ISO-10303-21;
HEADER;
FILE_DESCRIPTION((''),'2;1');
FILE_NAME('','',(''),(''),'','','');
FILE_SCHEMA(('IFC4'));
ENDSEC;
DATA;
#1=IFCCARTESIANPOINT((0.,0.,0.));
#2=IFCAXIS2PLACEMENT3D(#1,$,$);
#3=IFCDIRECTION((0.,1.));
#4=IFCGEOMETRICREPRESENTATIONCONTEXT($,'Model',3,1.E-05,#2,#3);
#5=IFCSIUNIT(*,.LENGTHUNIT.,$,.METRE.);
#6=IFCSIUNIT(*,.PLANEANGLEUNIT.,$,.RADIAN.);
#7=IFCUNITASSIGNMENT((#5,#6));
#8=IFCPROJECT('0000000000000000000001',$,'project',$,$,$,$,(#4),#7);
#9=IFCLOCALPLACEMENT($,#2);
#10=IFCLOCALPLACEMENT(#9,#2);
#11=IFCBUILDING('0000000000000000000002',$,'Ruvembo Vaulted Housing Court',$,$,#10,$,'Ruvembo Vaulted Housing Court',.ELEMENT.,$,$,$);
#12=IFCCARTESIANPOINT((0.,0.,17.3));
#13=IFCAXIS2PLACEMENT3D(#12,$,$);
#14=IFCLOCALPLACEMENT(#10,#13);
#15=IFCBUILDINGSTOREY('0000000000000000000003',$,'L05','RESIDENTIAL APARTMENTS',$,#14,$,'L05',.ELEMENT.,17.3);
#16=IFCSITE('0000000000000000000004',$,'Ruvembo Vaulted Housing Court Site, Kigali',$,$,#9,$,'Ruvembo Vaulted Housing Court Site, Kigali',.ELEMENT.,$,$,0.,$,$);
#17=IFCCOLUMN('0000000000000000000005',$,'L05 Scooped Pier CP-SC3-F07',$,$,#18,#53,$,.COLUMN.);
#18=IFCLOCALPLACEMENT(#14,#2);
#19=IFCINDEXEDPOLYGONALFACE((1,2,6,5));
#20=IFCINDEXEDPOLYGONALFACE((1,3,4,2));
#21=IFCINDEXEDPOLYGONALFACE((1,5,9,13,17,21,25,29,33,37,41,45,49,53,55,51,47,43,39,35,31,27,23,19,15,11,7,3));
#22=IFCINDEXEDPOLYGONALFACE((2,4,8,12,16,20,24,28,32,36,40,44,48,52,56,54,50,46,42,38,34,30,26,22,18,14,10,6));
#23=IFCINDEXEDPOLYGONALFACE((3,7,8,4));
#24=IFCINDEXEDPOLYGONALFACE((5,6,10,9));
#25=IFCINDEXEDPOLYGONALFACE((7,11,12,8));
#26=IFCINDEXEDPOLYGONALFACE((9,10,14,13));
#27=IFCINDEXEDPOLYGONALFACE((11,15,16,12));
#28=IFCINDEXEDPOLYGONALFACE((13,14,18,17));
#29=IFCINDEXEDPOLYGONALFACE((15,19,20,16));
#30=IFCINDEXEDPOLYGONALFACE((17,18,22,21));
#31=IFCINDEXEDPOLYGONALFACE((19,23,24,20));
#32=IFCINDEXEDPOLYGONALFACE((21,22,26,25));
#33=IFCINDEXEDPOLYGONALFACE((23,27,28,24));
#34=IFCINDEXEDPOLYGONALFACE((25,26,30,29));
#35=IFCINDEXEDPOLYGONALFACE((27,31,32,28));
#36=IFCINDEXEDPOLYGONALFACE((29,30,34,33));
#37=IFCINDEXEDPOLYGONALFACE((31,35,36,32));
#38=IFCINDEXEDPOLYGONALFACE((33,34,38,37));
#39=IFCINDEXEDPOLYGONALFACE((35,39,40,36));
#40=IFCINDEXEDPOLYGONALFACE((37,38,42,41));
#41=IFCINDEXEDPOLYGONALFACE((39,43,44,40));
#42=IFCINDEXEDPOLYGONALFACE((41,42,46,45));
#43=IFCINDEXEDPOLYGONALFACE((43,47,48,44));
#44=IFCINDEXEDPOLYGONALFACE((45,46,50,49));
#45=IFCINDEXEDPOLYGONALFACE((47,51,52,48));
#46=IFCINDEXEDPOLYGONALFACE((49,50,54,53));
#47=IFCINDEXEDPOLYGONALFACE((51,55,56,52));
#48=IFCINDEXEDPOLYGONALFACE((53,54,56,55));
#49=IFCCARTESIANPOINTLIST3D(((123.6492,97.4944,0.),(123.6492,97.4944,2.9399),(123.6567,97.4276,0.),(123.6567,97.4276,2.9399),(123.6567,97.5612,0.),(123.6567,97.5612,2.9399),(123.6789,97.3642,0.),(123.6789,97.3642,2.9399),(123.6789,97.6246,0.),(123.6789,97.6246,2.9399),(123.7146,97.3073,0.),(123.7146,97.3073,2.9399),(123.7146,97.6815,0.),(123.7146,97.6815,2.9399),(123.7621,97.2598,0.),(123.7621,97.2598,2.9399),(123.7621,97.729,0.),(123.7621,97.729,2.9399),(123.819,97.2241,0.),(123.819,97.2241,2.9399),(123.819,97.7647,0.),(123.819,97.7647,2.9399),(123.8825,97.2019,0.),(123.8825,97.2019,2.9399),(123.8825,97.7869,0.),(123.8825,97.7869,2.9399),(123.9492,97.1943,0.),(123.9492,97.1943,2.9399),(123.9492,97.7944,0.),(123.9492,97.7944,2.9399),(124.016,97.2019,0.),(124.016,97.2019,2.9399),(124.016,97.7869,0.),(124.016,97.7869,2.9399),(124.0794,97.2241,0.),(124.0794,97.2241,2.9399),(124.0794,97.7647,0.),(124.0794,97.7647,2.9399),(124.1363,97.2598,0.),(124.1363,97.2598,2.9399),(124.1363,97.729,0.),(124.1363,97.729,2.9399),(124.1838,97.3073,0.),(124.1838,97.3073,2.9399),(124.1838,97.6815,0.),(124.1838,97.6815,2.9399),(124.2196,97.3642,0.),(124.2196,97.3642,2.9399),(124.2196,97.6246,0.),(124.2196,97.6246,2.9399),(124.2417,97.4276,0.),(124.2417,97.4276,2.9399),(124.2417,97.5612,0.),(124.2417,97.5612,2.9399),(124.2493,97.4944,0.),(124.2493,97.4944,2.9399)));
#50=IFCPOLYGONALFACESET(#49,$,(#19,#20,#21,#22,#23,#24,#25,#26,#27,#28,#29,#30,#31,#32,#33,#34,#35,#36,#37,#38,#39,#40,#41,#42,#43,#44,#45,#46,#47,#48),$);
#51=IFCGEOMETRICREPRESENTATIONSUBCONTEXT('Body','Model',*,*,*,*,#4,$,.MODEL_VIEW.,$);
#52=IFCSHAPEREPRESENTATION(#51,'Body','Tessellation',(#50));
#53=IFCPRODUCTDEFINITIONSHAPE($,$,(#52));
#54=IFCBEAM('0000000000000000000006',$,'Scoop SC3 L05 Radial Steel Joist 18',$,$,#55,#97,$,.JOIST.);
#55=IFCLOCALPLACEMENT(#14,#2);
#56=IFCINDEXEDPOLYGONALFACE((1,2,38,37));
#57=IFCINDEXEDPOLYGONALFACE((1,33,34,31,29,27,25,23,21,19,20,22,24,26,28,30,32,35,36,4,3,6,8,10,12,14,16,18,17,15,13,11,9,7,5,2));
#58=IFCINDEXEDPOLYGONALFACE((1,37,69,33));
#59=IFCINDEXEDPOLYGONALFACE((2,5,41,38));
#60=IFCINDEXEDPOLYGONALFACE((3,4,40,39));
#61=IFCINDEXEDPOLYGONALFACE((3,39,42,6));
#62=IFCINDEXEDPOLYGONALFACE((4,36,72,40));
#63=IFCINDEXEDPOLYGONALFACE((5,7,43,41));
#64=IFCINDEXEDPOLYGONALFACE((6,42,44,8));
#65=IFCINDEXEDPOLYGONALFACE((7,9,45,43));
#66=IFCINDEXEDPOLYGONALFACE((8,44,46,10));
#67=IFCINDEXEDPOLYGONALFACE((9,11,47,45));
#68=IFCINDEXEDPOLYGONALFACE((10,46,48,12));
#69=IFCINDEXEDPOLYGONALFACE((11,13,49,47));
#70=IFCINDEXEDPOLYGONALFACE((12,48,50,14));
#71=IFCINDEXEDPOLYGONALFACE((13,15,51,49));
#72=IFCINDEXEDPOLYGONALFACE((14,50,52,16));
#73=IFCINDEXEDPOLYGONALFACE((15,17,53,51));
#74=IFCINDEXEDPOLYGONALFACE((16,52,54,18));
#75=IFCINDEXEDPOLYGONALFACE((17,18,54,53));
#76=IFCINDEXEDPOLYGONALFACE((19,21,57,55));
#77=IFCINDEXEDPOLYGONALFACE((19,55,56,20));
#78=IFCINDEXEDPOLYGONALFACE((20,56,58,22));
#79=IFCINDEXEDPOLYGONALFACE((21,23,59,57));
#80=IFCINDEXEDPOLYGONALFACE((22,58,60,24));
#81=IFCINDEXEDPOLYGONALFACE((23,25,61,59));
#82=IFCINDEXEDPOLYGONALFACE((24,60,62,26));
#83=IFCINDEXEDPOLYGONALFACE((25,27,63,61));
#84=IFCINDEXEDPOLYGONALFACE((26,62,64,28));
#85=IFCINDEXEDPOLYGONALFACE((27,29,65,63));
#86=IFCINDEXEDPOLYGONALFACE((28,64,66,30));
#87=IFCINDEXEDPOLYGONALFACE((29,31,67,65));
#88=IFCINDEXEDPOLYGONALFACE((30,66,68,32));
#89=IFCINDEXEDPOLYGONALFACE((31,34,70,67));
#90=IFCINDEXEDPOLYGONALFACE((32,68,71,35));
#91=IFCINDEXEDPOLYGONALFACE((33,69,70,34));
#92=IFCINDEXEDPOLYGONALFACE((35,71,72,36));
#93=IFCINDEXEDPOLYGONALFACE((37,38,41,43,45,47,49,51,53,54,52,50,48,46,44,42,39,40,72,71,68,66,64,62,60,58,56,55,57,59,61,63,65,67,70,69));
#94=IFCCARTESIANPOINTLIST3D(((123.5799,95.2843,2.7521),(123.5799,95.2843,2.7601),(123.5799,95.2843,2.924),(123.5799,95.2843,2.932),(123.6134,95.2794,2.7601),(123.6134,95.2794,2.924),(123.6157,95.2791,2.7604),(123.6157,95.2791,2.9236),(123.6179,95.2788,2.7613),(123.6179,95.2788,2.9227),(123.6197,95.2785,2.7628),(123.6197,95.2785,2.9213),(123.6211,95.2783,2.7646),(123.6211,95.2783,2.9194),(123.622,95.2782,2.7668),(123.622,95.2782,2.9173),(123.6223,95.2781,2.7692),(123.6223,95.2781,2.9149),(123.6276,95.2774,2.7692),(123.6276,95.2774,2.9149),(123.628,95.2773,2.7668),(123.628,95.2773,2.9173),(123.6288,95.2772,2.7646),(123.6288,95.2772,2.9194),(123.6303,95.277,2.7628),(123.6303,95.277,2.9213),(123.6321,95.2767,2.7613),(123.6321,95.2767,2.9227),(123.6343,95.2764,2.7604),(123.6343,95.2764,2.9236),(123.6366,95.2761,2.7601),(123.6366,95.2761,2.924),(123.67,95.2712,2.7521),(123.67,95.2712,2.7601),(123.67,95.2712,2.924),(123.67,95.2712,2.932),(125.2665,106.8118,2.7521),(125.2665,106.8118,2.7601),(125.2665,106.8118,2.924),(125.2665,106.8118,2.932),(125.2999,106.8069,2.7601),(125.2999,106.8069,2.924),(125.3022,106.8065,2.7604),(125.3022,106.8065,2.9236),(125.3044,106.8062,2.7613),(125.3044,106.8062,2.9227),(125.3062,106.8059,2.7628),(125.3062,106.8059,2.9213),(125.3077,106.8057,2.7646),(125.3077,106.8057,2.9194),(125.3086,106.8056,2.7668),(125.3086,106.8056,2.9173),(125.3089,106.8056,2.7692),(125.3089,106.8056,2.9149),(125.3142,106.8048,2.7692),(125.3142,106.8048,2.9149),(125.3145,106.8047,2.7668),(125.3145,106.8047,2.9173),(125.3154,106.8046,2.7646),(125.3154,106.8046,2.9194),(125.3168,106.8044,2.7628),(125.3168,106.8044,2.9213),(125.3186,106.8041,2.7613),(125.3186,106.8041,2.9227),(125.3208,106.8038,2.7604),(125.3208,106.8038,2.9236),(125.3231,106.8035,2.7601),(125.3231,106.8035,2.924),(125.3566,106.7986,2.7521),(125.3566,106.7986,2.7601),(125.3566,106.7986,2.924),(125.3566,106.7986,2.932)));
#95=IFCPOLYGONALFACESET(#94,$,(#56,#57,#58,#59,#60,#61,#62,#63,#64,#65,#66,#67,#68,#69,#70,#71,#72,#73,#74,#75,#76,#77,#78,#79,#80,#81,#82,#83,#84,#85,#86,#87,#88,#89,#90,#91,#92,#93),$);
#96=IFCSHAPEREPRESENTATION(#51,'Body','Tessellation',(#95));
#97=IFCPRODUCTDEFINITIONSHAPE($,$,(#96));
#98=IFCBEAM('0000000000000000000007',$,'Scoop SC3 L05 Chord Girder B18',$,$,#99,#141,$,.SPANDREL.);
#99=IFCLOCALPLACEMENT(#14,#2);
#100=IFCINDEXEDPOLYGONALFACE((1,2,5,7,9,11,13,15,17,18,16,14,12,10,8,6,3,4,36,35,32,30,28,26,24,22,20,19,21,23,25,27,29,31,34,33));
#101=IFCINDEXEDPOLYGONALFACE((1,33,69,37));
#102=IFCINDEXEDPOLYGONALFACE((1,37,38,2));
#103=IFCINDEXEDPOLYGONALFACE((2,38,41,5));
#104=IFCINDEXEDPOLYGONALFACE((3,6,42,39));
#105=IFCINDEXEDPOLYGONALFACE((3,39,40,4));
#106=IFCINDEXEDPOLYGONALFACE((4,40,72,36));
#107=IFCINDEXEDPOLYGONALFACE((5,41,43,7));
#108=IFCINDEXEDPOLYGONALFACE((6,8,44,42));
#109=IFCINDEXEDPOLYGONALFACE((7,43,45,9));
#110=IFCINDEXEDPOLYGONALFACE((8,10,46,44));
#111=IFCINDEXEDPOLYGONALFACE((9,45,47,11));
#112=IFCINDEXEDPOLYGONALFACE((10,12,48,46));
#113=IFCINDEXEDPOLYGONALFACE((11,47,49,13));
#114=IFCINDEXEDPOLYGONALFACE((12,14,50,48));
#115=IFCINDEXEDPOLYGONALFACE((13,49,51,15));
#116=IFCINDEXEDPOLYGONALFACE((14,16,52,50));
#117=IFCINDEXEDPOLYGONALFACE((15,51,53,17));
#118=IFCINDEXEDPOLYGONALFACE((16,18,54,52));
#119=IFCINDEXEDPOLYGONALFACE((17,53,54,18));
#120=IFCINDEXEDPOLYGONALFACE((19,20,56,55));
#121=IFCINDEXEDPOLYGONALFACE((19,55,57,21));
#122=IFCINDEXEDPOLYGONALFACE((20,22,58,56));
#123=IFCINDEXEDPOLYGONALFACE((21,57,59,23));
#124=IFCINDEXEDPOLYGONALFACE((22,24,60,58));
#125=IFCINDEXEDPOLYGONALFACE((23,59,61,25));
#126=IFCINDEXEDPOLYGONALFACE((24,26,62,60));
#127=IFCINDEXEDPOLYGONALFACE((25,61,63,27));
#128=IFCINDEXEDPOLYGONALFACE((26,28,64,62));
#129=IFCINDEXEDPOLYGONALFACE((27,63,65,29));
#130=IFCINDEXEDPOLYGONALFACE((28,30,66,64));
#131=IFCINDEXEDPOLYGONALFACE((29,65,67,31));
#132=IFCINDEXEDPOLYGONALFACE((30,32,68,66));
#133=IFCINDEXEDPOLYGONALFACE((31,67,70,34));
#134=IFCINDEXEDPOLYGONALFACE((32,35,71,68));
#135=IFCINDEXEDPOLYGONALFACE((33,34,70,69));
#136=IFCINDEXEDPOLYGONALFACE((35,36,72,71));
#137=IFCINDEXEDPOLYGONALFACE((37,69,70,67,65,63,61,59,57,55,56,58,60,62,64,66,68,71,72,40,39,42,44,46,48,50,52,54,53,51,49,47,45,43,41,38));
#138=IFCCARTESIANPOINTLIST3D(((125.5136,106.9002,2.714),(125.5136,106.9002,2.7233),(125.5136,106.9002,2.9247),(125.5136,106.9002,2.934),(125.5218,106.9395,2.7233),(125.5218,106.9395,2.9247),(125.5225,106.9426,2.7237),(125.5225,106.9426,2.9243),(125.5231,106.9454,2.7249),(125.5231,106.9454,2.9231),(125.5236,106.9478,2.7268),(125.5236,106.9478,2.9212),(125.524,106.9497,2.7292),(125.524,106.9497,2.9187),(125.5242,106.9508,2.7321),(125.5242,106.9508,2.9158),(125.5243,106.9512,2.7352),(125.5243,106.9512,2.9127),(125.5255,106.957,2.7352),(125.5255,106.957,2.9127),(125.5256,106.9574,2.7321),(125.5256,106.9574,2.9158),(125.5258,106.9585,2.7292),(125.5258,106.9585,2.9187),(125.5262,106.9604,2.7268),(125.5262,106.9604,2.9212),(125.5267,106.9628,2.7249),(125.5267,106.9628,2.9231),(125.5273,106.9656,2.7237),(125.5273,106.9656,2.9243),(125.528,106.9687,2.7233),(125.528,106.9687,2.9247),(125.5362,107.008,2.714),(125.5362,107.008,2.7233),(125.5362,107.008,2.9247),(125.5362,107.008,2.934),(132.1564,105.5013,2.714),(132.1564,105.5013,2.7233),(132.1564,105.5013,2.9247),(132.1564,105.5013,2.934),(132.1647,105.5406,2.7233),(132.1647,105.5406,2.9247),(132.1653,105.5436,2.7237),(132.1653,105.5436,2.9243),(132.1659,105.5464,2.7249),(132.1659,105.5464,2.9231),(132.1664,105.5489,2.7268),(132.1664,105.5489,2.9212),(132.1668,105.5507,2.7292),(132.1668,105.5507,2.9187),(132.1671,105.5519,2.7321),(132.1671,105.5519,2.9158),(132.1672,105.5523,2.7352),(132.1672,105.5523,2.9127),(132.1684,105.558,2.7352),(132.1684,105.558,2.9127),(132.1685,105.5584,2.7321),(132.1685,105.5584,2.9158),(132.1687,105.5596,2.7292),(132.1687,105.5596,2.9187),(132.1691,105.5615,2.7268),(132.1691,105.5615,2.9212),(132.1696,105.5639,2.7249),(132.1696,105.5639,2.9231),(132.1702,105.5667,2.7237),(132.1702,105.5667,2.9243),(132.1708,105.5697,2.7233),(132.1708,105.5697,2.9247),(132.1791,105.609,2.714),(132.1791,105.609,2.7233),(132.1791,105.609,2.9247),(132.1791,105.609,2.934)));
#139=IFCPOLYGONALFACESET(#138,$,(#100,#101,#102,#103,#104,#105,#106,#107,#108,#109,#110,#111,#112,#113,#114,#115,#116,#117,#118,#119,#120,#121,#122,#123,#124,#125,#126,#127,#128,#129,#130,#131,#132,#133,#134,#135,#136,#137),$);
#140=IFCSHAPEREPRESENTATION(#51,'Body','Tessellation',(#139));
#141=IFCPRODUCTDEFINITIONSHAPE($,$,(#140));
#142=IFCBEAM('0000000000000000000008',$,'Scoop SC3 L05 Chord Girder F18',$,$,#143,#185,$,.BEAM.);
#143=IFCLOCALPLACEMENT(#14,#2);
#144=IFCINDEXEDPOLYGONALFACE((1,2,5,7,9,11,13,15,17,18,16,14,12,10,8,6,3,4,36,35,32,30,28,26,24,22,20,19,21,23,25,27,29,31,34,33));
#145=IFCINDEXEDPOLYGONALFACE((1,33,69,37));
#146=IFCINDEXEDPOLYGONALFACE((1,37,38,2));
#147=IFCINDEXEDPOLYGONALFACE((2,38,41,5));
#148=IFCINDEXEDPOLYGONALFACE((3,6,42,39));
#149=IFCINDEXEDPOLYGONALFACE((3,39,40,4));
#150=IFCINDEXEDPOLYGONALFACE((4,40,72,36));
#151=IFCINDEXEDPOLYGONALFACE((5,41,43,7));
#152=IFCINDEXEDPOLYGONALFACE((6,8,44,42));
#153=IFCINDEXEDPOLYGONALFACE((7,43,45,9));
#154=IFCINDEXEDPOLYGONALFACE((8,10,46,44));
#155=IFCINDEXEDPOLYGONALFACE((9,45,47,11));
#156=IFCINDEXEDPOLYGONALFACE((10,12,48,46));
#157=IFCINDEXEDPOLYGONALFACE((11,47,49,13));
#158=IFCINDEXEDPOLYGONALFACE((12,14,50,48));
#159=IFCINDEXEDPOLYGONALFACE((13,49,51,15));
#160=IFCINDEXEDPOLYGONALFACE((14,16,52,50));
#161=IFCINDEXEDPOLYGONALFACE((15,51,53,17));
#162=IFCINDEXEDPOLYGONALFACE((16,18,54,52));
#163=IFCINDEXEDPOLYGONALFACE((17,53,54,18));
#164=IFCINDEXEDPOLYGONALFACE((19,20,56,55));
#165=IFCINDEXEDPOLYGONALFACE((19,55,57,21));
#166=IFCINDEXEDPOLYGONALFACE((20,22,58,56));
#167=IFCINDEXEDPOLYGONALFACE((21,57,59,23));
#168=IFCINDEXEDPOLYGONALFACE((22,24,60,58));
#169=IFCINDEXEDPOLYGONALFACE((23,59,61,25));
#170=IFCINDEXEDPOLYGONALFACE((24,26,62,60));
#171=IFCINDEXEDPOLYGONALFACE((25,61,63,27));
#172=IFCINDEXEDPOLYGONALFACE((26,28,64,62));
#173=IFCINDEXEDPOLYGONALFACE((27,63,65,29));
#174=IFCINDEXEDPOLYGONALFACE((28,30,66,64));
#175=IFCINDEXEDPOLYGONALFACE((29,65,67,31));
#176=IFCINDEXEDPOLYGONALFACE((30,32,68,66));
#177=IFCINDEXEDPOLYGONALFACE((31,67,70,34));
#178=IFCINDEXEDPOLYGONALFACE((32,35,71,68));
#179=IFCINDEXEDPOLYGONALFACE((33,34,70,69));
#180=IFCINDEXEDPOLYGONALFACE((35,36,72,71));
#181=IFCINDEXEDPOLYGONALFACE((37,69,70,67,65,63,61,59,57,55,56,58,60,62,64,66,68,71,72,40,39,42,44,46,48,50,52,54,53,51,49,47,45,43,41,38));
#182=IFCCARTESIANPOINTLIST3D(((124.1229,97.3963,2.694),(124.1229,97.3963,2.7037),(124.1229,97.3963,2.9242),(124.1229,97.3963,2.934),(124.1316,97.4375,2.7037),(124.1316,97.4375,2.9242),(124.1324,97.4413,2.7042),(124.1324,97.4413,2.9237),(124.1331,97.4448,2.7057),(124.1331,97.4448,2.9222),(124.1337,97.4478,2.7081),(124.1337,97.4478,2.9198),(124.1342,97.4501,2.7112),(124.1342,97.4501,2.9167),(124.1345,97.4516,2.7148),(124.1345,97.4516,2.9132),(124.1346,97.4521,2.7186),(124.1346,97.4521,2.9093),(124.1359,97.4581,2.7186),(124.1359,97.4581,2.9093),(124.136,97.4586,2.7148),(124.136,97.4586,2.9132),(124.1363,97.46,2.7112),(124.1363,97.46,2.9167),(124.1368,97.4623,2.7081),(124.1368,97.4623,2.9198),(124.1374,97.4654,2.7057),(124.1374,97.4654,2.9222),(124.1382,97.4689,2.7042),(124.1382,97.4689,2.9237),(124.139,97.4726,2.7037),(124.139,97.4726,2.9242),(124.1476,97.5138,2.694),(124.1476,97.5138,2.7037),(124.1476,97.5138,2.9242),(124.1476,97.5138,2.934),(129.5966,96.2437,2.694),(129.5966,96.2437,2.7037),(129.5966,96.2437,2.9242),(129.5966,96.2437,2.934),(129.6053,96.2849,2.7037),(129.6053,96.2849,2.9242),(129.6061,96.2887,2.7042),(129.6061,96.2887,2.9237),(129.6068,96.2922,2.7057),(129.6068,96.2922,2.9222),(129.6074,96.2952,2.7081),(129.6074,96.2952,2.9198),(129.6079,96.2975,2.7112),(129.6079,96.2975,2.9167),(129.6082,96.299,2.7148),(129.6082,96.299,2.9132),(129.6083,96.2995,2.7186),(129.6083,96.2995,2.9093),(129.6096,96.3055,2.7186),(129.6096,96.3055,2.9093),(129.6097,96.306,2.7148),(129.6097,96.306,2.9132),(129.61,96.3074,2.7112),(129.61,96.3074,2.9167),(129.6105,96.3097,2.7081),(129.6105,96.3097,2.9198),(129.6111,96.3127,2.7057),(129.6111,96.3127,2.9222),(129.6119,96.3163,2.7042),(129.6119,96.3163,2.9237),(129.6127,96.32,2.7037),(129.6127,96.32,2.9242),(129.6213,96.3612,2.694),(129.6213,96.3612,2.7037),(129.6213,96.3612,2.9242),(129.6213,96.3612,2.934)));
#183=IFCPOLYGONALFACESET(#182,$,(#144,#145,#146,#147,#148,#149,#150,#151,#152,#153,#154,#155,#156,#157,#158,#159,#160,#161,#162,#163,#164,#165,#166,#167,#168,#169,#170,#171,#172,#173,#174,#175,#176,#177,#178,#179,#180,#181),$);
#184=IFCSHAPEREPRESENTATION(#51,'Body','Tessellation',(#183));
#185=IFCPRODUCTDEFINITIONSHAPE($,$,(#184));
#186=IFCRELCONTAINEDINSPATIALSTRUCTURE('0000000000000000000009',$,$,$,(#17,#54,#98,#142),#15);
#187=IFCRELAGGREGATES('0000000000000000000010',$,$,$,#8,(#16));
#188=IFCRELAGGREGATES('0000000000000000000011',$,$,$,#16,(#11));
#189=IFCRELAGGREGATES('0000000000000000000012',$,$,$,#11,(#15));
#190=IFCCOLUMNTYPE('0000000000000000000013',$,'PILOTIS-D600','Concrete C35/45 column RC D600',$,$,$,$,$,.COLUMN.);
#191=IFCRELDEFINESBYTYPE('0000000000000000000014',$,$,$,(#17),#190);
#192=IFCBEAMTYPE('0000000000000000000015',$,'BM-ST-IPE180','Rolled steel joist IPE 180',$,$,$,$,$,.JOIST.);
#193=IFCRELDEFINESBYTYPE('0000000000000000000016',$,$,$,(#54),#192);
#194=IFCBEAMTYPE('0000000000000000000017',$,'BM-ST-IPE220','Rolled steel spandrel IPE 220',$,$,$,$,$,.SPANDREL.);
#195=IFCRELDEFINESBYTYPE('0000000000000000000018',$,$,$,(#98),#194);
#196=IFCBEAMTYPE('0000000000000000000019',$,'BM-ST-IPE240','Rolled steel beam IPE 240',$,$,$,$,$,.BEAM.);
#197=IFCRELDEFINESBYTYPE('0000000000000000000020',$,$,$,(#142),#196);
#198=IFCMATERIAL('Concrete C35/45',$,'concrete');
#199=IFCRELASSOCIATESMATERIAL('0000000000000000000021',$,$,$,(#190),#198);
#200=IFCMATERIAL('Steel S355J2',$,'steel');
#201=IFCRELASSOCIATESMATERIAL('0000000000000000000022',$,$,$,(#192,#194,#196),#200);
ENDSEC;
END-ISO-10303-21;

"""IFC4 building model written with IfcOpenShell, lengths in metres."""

from ifc_helpers import new_model, si_unit, direction, frame, origin, origin_2d, place, context, subcontext, project, spatial, circle, i_section, extrude, material, material_profile, profile_set, type_object, element, save


model = new_model("IFC4")

# Units and contexts
model_context = context("Model", 3, precision=1e-05, world=origin(), true_north=direction((0.0, 1.0)))
body_context = subcontext(model_context, "Body", "Model", "MODEL_VIEW")
ifc_project = project(units=[si_unit("LENGTHUNIT", "METRE"), si_unit("PLANEANGLEUNIT", "RADIAN")], contexts=[model_context])

# Site, building, storey
site_placement = place(None, origin())
site = spatial("IfcSite", under=ifc_project, at=site_placement, Name="Ruvembo Vaulted Housing Court Site, Kigali", LongName="Ruvembo Vaulted Housing Court Site, Kigali", CompositionType="ELEMENT", RefElevation=0.0)
building_placement = place(site_placement, origin())
building = spatial("IfcBuilding", under=site, at=building_placement, Name="Ruvembo Vaulted Housing Court", LongName="Ruvembo Vaulted Housing Court", CompositionType="ELEMENT")
storey_placement = place(building_placement, frame((0.0, 0.0, 17.3)))
storey = spatial("IfcBuildingStorey", under=building, at=storey_placement, Name="L05", Description="RESIDENTIAL APARTMENTS", LongName="L05", CompositionType="ELEMENT", Elevation=17.3)

# Column
ifc_material_1 = material(Name="Concrete C35/45", Category="concrete")
ifc_material_profile_1 = material_profile(ifc_material_1, circle(Radius=0.3, at=origin_2d()), Name="RC D600")
ifc_profile_set_1 = profile_set([ifc_material_profile_1], Name="Concrete C35/45")
column_type = type_object("IfcColumnType", Name="PILOTIS-D600", Description="Concrete C35/45 column RC D600", PredefinedType="COLUMN", material=ifc_profile_set_1)
column_placement = place(storey_placement, frame((123.9492, 97.4944, 0.0), z_axis=(0.0, 0.0, 1.0), x_axis=(1.0, 0.0, 0.0)))
element("IfcColumn", 1, at=column_placement, inside=storey, type_object=column_type, Name="L05 Scooped Pier CP-SC3-F07", PredefinedType="COLUMN", context=body_context, shape_type="SweptSolid", body=[
    extrude(circle(Radius=0.3, at=origin_2d()), origin(), (0.0, 0.0, 1.0), 2.9399),
])

# Beams
ifc_material_2 = material(Name="Steel S355J2", Category="steel")
ifc_material_profile_2 = material_profile(ifc_material_2, i_section(OverallWidth=0.0911, OverallDepth=0.1799, WebThickness=0.0054, FlangeThickness=0.0081, FilletRadius=0.009, at=origin_2d()), Name="IPE 180")
ifc_profile_set_2 = profile_set([ifc_material_profile_2], Name="Steel S355J2")
beam_type_1 = type_object("IfcBeamType", Name="BM-ST-IPE180", Description="Rolled steel joist IPE 180", PredefinedType="JOIST", material=ifc_profile_set_2)
beam_1_placement = place(storey_placement, frame((125.3115, 106.8052, 2.842), z_axis=(-0.144765, -0.989466, 0.0), x_axis=(0.989466, -0.144765, 0.0)))
element("IfcBeam", 2, at=beam_1_placement, inside=storey, type_object=beam_type_1, Name="Scoop SC3 L05 Radial Steel Joist 18", PredefinedType="JOIST", context=body_context, shape_type="SweptSolid", body=[
    extrude(i_section(OverallWidth=0.0911, OverallDepth=0.1799, WebThickness=0.0054, FlangeThickness=0.0081, FilletRadius=0.009, at=origin_2d()), origin(), (0.0, 0.0, 1.0), 11.6501),
])
ifc_material_profile_3 = material_profile(ifc_material_2, i_section(OverallWidth=0.1101, OverallDepth=0.22, WebThickness=0.0059, FlangeThickness=0.0093, FilletRadius=0.012, at=origin_2d()), Name="IPE 220")
ifc_profile_set_3 = profile_set([ifc_material_profile_3], Name="Steel S355J2")
beam_type_2 = type_object("IfcBeamType", Name="BM-ST-IPE220", Description="Rolled steel spandrel IPE 220", PredefinedType="SPANDREL", material=ifc_profile_set_3)
beam_2_placement = place(storey_placement, frame((125.5249, 106.9541, 2.824), z_axis=(0.978537, -0.206072, 0.0), x_axis=(0.206072, 0.978537, 0.0)))
element("IfcBeam", 3, at=beam_2_placement, inside=storey, type_object=beam_type_2, Name="Scoop SC3 L05 Chord Girder B18", PredefinedType="SPANDREL", context=body_context, shape_type="SweptSolid", body=[
    extrude(i_section(OverallWidth=0.1101, OverallDepth=0.22, WebThickness=0.0059, FlangeThickness=0.0093, FilletRadius=0.012, at=origin_2d()), origin(), (0.0, 0.0, 1.0), 6.7886),
])
ifc_material_profile_4 = material_profile(ifc_material_2, i_section(OverallWidth=0.1201, OverallDepth=0.24, WebThickness=0.0061, FlangeThickness=0.0098, FilletRadius=0.0149, at=origin_2d()), Name="IPE 240")
ifc_profile_set_4 = profile_set([ifc_material_profile_4], Name="Steel S355J2")
beam_type_3 = type_object("IfcBeamType", Name="BM-ST-IPE240", Description="Rolled steel beam IPE 240", PredefinedType="BEAM", material=ifc_profile_set_4)
beam_3_placement = place(storey_placement, frame((124.1353, 97.4551, 2.814), z_axis=(0.978541, -0.206052, 0.0), x_axis=(0.206052, 0.978541, 0.0)))
element("IfcBeam", 4, at=beam_3_placement, inside=storey, type_object=beam_type_3, Name="Scoop SC3 L05 Chord Girder F18", PredefinedType="BEAM", context=body_context, shape_type="SweptSolid", body=[
    extrude(i_section(OverallWidth=0.1201, OverallDepth=0.24, WebThickness=0.0061, FlangeThickness=0.0098, FilletRadius=0.0149, at=origin_2d()), origin(), (0.0, 0.0, 1.0), 5.5938),
])

save(model, "model.ifc")
